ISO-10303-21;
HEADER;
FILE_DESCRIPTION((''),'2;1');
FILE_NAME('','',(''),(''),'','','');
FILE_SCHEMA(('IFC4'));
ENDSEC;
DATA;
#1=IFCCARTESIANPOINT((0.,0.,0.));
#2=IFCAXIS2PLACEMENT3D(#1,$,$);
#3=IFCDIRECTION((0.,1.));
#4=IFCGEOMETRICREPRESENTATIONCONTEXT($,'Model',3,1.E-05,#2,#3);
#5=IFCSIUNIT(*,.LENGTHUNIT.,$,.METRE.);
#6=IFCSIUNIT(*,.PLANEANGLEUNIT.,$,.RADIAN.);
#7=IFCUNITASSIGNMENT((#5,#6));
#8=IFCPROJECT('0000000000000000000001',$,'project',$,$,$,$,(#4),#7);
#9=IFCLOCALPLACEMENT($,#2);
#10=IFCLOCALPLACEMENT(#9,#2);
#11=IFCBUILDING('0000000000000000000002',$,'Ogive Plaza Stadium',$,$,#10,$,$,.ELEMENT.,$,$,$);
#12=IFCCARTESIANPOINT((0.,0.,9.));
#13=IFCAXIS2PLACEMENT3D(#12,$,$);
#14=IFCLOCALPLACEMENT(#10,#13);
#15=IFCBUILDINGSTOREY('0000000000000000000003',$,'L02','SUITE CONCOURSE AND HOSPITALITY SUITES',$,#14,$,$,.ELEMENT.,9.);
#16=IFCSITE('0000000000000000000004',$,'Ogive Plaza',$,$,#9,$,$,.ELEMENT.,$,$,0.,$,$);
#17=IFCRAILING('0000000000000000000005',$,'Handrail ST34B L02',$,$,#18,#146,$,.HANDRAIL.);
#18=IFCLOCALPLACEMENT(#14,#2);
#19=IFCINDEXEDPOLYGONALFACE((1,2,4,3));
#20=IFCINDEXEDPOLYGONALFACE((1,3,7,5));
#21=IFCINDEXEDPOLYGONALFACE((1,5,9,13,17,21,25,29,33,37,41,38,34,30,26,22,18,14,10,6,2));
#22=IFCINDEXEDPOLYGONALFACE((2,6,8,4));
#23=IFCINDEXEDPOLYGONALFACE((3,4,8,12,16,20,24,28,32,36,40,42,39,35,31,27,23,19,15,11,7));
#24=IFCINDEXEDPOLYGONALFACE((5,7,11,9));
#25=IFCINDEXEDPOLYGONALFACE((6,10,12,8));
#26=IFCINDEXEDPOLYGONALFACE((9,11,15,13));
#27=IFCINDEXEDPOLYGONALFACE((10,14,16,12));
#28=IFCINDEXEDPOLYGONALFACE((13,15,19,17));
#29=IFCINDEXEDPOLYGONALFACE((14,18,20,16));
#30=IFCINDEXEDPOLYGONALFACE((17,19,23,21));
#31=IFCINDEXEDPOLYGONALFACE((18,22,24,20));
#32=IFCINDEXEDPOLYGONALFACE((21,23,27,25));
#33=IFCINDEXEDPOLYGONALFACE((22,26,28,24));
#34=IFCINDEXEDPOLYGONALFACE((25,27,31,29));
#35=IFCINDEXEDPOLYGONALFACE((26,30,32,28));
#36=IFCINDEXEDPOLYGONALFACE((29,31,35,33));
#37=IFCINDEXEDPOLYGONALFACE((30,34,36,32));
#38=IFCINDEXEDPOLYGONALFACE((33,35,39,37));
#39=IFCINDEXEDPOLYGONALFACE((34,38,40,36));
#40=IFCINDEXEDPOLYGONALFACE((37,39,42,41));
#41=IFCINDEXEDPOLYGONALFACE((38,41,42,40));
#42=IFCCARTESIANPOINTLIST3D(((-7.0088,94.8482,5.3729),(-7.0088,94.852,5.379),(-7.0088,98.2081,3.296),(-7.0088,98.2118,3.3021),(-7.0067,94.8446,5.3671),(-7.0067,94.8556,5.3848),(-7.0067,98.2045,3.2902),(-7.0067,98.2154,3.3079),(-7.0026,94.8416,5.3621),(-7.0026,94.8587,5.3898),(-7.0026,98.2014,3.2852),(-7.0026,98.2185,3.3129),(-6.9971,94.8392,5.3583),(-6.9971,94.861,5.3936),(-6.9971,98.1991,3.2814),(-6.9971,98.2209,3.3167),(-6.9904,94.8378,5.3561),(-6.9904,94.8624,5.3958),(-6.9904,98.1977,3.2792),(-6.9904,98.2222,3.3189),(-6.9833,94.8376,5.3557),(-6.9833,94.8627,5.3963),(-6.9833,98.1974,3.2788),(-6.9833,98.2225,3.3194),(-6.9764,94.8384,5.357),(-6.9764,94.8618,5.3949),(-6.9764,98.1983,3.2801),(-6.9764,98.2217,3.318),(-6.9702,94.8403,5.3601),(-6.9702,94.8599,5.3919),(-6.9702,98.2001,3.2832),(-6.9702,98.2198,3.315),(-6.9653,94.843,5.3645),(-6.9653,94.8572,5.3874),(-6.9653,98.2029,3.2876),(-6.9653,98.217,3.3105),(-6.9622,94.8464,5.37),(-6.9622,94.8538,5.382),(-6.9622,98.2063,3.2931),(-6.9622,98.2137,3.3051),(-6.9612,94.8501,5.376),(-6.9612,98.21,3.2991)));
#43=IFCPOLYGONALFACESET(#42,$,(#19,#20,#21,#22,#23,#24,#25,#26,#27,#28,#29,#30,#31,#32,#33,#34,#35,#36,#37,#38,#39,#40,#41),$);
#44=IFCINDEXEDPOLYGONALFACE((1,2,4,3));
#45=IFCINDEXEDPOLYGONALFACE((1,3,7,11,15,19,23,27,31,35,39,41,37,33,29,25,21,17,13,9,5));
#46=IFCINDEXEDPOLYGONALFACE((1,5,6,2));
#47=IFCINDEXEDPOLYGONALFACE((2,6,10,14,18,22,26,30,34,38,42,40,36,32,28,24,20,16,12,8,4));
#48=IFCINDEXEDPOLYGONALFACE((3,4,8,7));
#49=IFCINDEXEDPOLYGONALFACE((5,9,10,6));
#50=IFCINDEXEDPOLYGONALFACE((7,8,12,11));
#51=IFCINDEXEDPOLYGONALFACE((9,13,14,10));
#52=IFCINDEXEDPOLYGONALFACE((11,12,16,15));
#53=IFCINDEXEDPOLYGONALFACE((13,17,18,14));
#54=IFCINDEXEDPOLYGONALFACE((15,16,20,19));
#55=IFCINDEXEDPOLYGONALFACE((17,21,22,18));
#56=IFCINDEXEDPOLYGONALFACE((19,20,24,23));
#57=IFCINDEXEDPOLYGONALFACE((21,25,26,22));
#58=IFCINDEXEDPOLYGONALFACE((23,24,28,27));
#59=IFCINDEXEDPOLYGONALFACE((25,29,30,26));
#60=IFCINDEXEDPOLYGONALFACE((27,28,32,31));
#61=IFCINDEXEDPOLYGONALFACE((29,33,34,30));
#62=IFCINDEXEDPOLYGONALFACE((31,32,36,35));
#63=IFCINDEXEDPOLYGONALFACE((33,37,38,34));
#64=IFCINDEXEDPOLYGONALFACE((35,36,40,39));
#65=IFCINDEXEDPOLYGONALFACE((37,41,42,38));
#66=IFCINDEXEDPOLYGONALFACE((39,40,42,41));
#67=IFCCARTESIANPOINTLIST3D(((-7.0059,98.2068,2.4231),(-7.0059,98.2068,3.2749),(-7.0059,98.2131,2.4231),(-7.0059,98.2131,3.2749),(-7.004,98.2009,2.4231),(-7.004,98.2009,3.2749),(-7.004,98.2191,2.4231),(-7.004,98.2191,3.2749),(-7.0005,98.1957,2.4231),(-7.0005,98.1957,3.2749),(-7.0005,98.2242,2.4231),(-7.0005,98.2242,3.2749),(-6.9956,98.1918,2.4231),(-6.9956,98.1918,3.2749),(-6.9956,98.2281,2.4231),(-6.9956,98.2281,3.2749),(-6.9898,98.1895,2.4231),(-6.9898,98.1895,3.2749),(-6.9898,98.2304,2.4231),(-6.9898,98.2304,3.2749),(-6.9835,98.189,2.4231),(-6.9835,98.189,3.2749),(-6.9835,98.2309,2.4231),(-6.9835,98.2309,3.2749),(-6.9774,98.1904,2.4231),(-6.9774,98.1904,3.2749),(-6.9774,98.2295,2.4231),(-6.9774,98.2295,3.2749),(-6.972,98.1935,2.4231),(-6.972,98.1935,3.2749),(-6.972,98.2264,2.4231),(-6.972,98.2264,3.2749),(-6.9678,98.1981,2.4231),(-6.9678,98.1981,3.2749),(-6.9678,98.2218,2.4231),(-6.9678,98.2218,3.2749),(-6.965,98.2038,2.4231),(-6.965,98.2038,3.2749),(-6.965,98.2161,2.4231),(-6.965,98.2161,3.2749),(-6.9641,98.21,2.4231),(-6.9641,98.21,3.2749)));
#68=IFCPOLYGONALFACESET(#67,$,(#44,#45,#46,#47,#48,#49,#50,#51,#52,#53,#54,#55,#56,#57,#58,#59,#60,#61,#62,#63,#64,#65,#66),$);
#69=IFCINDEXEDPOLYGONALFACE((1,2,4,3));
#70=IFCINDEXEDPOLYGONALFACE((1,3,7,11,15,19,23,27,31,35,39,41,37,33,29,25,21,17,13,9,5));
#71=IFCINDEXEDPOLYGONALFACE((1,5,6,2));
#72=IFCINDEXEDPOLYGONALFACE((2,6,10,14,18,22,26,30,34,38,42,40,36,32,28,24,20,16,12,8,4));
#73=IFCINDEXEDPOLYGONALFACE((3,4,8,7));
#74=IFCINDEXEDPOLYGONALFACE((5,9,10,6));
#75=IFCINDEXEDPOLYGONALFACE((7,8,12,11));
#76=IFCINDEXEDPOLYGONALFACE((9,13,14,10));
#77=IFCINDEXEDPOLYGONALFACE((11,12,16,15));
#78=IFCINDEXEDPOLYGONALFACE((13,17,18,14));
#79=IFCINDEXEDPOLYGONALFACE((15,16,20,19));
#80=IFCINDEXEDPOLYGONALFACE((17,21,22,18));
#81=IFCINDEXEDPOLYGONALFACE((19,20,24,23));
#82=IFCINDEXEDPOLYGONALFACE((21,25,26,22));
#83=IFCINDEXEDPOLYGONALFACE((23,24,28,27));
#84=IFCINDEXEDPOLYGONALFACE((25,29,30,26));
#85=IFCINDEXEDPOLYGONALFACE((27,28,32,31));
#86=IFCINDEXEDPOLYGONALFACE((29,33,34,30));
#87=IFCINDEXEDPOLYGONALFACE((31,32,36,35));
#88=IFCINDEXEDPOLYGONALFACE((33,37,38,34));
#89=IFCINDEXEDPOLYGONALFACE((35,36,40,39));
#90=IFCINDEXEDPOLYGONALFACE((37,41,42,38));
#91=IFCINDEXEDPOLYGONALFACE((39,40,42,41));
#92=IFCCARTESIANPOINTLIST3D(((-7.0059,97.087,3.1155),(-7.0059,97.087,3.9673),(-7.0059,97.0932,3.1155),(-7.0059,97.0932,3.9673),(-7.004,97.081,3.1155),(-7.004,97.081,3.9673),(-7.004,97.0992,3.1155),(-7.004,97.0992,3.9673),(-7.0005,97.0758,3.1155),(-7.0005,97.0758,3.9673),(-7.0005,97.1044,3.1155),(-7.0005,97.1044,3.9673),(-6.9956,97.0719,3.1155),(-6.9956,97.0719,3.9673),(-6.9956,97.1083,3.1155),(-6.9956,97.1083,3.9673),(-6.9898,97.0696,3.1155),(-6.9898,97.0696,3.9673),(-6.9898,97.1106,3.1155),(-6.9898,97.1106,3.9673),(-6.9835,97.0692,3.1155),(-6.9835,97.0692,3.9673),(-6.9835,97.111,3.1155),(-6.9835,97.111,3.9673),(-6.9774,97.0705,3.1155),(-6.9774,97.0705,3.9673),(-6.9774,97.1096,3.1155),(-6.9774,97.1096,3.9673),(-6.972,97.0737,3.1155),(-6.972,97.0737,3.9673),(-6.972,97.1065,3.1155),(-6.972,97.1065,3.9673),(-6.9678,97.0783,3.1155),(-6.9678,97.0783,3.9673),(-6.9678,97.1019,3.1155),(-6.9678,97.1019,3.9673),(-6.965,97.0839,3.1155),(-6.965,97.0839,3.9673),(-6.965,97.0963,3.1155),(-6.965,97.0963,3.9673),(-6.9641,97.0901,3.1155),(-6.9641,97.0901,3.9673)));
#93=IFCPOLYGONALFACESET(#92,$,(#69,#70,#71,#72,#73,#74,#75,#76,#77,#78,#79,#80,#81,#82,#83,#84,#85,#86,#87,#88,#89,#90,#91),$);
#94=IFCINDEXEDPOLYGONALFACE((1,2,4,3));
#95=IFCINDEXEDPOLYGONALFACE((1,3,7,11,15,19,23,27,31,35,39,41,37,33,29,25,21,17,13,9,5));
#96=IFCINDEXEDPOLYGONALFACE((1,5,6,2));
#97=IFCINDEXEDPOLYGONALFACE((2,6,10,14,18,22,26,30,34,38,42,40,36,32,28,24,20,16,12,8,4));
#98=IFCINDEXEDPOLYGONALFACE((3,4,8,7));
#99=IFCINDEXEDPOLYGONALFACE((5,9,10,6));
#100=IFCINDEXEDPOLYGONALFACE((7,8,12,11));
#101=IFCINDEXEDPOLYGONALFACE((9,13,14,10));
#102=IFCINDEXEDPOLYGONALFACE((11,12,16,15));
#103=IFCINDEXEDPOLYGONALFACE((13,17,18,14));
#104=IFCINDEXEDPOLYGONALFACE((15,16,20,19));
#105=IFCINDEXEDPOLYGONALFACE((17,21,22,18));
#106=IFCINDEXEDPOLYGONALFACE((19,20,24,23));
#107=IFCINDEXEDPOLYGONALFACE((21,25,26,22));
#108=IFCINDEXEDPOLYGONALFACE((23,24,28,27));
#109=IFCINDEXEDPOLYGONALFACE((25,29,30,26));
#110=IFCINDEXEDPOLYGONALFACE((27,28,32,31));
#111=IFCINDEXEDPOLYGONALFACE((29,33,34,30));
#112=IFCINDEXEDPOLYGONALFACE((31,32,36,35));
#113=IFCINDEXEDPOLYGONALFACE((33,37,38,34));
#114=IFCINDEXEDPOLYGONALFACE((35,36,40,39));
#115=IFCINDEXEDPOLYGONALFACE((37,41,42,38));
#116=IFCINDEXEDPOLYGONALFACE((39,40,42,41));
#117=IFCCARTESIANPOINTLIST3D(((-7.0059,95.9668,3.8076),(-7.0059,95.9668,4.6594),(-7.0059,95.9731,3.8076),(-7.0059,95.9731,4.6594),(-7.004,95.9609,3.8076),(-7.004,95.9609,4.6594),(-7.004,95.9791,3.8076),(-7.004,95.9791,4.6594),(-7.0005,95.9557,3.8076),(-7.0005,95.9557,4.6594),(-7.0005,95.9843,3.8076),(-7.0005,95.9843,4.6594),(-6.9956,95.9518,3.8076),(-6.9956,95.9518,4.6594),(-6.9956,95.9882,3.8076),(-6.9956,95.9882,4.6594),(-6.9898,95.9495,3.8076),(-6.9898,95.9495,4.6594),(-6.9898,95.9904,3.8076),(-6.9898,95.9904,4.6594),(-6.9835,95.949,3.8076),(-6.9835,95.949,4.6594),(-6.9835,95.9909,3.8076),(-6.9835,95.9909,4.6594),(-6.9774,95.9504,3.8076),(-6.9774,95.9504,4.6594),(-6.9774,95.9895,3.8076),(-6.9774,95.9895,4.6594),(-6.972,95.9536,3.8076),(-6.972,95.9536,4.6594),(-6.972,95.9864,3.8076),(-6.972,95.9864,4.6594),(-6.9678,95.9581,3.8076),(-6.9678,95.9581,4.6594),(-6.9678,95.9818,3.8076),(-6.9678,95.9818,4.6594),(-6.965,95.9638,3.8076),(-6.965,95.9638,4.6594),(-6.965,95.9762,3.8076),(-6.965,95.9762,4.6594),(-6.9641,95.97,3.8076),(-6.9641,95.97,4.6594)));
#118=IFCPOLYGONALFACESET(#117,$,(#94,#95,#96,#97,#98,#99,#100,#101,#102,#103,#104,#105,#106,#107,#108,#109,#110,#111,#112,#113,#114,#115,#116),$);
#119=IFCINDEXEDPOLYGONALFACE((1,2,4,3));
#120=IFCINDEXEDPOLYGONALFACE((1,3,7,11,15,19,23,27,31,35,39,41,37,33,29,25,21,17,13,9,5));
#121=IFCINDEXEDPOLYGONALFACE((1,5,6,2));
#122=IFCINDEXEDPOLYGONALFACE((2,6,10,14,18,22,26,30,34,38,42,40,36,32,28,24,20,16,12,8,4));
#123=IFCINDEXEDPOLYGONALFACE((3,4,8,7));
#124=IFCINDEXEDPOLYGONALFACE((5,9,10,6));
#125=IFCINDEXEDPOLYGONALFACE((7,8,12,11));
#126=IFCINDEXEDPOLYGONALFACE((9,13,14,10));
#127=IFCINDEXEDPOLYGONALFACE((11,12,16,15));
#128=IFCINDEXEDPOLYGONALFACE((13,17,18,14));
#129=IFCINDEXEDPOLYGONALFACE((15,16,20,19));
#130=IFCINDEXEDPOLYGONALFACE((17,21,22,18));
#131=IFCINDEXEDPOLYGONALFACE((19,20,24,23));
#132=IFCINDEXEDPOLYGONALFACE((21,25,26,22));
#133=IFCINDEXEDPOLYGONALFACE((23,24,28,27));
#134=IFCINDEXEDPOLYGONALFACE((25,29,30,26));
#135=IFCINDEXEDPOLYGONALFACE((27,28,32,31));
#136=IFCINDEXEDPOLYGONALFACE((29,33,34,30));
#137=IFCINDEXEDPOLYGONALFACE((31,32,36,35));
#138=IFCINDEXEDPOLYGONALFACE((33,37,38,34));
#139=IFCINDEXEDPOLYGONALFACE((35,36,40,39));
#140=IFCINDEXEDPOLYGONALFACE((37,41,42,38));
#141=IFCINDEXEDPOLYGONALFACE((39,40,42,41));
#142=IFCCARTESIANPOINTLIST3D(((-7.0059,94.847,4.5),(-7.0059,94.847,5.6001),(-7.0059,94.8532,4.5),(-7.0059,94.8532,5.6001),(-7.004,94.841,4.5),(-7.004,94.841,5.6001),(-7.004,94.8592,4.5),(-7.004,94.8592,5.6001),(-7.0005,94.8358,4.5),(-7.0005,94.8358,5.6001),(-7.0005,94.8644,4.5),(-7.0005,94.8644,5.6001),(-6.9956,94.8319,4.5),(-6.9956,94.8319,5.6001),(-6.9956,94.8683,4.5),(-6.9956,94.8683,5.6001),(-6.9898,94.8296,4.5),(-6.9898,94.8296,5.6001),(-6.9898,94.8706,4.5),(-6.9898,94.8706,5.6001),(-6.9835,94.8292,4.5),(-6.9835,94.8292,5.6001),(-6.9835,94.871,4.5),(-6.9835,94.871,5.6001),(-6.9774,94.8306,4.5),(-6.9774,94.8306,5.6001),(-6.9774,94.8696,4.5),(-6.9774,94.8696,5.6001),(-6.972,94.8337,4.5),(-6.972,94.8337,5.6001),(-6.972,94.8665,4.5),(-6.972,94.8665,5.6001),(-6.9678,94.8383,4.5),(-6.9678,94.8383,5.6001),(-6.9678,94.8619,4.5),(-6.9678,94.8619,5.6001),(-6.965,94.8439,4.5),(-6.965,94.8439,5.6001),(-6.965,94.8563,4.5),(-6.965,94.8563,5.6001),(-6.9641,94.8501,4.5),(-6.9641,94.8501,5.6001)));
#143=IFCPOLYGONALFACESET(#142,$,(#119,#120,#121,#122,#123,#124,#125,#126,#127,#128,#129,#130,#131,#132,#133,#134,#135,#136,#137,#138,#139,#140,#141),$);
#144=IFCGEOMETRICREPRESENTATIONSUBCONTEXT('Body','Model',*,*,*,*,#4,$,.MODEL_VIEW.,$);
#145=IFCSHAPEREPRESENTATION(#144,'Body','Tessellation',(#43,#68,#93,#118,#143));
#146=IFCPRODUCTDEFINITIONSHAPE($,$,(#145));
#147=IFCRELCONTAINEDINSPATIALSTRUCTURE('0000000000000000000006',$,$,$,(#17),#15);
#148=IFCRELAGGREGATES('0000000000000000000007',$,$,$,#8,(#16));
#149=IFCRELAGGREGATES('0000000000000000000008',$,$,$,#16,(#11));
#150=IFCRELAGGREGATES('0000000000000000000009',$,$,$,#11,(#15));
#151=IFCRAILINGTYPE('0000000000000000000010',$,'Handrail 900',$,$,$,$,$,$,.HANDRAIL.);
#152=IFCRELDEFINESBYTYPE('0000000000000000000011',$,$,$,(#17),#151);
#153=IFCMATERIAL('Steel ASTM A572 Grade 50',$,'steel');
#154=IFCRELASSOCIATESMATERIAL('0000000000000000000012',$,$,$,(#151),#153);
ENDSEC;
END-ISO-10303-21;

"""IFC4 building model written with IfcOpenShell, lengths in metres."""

from ifc_helpers import new_model, si_unit, direction, frame, origin, origin_2d, place, context, subcontext, project, spatial, circle, extrude, material, type_object, element, save


model = new_model("IFC4")

# Units and contexts
model_context = context("Model", 3, precision=1e-05, world=origin(), true_north=direction((0.0, 1.0)))
body_context = subcontext(model_context, "Body", "Model", "MODEL_VIEW")
ifc_project = project(units=[si_unit("LENGTHUNIT", "METRE"), si_unit("PLANEANGLEUNIT", "RADIAN")], contexts=[model_context])

# Site, building, storey
site_placement = place(None, origin())
site = spatial("IfcSite", under=ifc_project, at=site_placement, Name="Ogive Plaza", CompositionType="ELEMENT", RefElevation=0.0)
building_placement = place(site_placement, origin())
building = spatial("IfcBuilding", under=site, at=building_placement, Name="Ogive Plaza Stadium", CompositionType="ELEMENT")
storey_placement = place(building_placement, frame((0.0, 0.0, 9.0)))
storey = spatial("IfcBuildingStorey", under=building, at=storey_placement, Name="L02", Description="SUITE CONCOURSE AND HOSPITALITY SUITES", CompositionType="ELEMENT", Elevation=9.0)

# Railing
ifc_material_1 = material(Name="Steel ASTM A572 Grade 50", Category="steel")
railing_type_1 = type_object("IfcRailingType", Name="Handrail 900", PredefinedType="HANDRAIL", material=ifc_material_1)
for number, where, name in (
    (1, (-6.9851, 98.21, 2.4231), "Handrail ST34B L02"),
):
    element("IfcRailing", number, at=place(storey_placement, frame(where)), inside=storey, type_object=railing_type_1, Name=name, PredefinedType="HANDRAIL", context=body_context, shape_type="SweptSolid", body=[
        extrude(circle(Radius=0.0239, at=origin_2d()), frame((0.0, 0.0, 0.876), z_axis=(0.0, -0.850606, 0.525803), x_axis=(1.0, 0.0, 0.0)), (0.0, 0.0, 1.0), 3.95),
        extrude(circle(Radius=0.021, at=origin_2d()), origin(), (0.0, 0.0, 1.0), 0.8518),
        extrude(circle(Radius=0.021, at=origin_2d()), frame((0.0, -1.1199, 0.6924)), (0.0, 0.0, 1.0), 0.8518),
        extrude(circle(Radius=0.021, at=origin_2d()), frame((0.0, -2.24, 1.3845)), (0.0, 0.0, 1.0), 0.8518),
        extrude(circle(Radius=0.021, at=origin_2d()), frame((0.0, -3.3599, 2.0769)), (0.0, 0.0, 1.0), 1.1001),
    ])

save(model, "model.ifc")
